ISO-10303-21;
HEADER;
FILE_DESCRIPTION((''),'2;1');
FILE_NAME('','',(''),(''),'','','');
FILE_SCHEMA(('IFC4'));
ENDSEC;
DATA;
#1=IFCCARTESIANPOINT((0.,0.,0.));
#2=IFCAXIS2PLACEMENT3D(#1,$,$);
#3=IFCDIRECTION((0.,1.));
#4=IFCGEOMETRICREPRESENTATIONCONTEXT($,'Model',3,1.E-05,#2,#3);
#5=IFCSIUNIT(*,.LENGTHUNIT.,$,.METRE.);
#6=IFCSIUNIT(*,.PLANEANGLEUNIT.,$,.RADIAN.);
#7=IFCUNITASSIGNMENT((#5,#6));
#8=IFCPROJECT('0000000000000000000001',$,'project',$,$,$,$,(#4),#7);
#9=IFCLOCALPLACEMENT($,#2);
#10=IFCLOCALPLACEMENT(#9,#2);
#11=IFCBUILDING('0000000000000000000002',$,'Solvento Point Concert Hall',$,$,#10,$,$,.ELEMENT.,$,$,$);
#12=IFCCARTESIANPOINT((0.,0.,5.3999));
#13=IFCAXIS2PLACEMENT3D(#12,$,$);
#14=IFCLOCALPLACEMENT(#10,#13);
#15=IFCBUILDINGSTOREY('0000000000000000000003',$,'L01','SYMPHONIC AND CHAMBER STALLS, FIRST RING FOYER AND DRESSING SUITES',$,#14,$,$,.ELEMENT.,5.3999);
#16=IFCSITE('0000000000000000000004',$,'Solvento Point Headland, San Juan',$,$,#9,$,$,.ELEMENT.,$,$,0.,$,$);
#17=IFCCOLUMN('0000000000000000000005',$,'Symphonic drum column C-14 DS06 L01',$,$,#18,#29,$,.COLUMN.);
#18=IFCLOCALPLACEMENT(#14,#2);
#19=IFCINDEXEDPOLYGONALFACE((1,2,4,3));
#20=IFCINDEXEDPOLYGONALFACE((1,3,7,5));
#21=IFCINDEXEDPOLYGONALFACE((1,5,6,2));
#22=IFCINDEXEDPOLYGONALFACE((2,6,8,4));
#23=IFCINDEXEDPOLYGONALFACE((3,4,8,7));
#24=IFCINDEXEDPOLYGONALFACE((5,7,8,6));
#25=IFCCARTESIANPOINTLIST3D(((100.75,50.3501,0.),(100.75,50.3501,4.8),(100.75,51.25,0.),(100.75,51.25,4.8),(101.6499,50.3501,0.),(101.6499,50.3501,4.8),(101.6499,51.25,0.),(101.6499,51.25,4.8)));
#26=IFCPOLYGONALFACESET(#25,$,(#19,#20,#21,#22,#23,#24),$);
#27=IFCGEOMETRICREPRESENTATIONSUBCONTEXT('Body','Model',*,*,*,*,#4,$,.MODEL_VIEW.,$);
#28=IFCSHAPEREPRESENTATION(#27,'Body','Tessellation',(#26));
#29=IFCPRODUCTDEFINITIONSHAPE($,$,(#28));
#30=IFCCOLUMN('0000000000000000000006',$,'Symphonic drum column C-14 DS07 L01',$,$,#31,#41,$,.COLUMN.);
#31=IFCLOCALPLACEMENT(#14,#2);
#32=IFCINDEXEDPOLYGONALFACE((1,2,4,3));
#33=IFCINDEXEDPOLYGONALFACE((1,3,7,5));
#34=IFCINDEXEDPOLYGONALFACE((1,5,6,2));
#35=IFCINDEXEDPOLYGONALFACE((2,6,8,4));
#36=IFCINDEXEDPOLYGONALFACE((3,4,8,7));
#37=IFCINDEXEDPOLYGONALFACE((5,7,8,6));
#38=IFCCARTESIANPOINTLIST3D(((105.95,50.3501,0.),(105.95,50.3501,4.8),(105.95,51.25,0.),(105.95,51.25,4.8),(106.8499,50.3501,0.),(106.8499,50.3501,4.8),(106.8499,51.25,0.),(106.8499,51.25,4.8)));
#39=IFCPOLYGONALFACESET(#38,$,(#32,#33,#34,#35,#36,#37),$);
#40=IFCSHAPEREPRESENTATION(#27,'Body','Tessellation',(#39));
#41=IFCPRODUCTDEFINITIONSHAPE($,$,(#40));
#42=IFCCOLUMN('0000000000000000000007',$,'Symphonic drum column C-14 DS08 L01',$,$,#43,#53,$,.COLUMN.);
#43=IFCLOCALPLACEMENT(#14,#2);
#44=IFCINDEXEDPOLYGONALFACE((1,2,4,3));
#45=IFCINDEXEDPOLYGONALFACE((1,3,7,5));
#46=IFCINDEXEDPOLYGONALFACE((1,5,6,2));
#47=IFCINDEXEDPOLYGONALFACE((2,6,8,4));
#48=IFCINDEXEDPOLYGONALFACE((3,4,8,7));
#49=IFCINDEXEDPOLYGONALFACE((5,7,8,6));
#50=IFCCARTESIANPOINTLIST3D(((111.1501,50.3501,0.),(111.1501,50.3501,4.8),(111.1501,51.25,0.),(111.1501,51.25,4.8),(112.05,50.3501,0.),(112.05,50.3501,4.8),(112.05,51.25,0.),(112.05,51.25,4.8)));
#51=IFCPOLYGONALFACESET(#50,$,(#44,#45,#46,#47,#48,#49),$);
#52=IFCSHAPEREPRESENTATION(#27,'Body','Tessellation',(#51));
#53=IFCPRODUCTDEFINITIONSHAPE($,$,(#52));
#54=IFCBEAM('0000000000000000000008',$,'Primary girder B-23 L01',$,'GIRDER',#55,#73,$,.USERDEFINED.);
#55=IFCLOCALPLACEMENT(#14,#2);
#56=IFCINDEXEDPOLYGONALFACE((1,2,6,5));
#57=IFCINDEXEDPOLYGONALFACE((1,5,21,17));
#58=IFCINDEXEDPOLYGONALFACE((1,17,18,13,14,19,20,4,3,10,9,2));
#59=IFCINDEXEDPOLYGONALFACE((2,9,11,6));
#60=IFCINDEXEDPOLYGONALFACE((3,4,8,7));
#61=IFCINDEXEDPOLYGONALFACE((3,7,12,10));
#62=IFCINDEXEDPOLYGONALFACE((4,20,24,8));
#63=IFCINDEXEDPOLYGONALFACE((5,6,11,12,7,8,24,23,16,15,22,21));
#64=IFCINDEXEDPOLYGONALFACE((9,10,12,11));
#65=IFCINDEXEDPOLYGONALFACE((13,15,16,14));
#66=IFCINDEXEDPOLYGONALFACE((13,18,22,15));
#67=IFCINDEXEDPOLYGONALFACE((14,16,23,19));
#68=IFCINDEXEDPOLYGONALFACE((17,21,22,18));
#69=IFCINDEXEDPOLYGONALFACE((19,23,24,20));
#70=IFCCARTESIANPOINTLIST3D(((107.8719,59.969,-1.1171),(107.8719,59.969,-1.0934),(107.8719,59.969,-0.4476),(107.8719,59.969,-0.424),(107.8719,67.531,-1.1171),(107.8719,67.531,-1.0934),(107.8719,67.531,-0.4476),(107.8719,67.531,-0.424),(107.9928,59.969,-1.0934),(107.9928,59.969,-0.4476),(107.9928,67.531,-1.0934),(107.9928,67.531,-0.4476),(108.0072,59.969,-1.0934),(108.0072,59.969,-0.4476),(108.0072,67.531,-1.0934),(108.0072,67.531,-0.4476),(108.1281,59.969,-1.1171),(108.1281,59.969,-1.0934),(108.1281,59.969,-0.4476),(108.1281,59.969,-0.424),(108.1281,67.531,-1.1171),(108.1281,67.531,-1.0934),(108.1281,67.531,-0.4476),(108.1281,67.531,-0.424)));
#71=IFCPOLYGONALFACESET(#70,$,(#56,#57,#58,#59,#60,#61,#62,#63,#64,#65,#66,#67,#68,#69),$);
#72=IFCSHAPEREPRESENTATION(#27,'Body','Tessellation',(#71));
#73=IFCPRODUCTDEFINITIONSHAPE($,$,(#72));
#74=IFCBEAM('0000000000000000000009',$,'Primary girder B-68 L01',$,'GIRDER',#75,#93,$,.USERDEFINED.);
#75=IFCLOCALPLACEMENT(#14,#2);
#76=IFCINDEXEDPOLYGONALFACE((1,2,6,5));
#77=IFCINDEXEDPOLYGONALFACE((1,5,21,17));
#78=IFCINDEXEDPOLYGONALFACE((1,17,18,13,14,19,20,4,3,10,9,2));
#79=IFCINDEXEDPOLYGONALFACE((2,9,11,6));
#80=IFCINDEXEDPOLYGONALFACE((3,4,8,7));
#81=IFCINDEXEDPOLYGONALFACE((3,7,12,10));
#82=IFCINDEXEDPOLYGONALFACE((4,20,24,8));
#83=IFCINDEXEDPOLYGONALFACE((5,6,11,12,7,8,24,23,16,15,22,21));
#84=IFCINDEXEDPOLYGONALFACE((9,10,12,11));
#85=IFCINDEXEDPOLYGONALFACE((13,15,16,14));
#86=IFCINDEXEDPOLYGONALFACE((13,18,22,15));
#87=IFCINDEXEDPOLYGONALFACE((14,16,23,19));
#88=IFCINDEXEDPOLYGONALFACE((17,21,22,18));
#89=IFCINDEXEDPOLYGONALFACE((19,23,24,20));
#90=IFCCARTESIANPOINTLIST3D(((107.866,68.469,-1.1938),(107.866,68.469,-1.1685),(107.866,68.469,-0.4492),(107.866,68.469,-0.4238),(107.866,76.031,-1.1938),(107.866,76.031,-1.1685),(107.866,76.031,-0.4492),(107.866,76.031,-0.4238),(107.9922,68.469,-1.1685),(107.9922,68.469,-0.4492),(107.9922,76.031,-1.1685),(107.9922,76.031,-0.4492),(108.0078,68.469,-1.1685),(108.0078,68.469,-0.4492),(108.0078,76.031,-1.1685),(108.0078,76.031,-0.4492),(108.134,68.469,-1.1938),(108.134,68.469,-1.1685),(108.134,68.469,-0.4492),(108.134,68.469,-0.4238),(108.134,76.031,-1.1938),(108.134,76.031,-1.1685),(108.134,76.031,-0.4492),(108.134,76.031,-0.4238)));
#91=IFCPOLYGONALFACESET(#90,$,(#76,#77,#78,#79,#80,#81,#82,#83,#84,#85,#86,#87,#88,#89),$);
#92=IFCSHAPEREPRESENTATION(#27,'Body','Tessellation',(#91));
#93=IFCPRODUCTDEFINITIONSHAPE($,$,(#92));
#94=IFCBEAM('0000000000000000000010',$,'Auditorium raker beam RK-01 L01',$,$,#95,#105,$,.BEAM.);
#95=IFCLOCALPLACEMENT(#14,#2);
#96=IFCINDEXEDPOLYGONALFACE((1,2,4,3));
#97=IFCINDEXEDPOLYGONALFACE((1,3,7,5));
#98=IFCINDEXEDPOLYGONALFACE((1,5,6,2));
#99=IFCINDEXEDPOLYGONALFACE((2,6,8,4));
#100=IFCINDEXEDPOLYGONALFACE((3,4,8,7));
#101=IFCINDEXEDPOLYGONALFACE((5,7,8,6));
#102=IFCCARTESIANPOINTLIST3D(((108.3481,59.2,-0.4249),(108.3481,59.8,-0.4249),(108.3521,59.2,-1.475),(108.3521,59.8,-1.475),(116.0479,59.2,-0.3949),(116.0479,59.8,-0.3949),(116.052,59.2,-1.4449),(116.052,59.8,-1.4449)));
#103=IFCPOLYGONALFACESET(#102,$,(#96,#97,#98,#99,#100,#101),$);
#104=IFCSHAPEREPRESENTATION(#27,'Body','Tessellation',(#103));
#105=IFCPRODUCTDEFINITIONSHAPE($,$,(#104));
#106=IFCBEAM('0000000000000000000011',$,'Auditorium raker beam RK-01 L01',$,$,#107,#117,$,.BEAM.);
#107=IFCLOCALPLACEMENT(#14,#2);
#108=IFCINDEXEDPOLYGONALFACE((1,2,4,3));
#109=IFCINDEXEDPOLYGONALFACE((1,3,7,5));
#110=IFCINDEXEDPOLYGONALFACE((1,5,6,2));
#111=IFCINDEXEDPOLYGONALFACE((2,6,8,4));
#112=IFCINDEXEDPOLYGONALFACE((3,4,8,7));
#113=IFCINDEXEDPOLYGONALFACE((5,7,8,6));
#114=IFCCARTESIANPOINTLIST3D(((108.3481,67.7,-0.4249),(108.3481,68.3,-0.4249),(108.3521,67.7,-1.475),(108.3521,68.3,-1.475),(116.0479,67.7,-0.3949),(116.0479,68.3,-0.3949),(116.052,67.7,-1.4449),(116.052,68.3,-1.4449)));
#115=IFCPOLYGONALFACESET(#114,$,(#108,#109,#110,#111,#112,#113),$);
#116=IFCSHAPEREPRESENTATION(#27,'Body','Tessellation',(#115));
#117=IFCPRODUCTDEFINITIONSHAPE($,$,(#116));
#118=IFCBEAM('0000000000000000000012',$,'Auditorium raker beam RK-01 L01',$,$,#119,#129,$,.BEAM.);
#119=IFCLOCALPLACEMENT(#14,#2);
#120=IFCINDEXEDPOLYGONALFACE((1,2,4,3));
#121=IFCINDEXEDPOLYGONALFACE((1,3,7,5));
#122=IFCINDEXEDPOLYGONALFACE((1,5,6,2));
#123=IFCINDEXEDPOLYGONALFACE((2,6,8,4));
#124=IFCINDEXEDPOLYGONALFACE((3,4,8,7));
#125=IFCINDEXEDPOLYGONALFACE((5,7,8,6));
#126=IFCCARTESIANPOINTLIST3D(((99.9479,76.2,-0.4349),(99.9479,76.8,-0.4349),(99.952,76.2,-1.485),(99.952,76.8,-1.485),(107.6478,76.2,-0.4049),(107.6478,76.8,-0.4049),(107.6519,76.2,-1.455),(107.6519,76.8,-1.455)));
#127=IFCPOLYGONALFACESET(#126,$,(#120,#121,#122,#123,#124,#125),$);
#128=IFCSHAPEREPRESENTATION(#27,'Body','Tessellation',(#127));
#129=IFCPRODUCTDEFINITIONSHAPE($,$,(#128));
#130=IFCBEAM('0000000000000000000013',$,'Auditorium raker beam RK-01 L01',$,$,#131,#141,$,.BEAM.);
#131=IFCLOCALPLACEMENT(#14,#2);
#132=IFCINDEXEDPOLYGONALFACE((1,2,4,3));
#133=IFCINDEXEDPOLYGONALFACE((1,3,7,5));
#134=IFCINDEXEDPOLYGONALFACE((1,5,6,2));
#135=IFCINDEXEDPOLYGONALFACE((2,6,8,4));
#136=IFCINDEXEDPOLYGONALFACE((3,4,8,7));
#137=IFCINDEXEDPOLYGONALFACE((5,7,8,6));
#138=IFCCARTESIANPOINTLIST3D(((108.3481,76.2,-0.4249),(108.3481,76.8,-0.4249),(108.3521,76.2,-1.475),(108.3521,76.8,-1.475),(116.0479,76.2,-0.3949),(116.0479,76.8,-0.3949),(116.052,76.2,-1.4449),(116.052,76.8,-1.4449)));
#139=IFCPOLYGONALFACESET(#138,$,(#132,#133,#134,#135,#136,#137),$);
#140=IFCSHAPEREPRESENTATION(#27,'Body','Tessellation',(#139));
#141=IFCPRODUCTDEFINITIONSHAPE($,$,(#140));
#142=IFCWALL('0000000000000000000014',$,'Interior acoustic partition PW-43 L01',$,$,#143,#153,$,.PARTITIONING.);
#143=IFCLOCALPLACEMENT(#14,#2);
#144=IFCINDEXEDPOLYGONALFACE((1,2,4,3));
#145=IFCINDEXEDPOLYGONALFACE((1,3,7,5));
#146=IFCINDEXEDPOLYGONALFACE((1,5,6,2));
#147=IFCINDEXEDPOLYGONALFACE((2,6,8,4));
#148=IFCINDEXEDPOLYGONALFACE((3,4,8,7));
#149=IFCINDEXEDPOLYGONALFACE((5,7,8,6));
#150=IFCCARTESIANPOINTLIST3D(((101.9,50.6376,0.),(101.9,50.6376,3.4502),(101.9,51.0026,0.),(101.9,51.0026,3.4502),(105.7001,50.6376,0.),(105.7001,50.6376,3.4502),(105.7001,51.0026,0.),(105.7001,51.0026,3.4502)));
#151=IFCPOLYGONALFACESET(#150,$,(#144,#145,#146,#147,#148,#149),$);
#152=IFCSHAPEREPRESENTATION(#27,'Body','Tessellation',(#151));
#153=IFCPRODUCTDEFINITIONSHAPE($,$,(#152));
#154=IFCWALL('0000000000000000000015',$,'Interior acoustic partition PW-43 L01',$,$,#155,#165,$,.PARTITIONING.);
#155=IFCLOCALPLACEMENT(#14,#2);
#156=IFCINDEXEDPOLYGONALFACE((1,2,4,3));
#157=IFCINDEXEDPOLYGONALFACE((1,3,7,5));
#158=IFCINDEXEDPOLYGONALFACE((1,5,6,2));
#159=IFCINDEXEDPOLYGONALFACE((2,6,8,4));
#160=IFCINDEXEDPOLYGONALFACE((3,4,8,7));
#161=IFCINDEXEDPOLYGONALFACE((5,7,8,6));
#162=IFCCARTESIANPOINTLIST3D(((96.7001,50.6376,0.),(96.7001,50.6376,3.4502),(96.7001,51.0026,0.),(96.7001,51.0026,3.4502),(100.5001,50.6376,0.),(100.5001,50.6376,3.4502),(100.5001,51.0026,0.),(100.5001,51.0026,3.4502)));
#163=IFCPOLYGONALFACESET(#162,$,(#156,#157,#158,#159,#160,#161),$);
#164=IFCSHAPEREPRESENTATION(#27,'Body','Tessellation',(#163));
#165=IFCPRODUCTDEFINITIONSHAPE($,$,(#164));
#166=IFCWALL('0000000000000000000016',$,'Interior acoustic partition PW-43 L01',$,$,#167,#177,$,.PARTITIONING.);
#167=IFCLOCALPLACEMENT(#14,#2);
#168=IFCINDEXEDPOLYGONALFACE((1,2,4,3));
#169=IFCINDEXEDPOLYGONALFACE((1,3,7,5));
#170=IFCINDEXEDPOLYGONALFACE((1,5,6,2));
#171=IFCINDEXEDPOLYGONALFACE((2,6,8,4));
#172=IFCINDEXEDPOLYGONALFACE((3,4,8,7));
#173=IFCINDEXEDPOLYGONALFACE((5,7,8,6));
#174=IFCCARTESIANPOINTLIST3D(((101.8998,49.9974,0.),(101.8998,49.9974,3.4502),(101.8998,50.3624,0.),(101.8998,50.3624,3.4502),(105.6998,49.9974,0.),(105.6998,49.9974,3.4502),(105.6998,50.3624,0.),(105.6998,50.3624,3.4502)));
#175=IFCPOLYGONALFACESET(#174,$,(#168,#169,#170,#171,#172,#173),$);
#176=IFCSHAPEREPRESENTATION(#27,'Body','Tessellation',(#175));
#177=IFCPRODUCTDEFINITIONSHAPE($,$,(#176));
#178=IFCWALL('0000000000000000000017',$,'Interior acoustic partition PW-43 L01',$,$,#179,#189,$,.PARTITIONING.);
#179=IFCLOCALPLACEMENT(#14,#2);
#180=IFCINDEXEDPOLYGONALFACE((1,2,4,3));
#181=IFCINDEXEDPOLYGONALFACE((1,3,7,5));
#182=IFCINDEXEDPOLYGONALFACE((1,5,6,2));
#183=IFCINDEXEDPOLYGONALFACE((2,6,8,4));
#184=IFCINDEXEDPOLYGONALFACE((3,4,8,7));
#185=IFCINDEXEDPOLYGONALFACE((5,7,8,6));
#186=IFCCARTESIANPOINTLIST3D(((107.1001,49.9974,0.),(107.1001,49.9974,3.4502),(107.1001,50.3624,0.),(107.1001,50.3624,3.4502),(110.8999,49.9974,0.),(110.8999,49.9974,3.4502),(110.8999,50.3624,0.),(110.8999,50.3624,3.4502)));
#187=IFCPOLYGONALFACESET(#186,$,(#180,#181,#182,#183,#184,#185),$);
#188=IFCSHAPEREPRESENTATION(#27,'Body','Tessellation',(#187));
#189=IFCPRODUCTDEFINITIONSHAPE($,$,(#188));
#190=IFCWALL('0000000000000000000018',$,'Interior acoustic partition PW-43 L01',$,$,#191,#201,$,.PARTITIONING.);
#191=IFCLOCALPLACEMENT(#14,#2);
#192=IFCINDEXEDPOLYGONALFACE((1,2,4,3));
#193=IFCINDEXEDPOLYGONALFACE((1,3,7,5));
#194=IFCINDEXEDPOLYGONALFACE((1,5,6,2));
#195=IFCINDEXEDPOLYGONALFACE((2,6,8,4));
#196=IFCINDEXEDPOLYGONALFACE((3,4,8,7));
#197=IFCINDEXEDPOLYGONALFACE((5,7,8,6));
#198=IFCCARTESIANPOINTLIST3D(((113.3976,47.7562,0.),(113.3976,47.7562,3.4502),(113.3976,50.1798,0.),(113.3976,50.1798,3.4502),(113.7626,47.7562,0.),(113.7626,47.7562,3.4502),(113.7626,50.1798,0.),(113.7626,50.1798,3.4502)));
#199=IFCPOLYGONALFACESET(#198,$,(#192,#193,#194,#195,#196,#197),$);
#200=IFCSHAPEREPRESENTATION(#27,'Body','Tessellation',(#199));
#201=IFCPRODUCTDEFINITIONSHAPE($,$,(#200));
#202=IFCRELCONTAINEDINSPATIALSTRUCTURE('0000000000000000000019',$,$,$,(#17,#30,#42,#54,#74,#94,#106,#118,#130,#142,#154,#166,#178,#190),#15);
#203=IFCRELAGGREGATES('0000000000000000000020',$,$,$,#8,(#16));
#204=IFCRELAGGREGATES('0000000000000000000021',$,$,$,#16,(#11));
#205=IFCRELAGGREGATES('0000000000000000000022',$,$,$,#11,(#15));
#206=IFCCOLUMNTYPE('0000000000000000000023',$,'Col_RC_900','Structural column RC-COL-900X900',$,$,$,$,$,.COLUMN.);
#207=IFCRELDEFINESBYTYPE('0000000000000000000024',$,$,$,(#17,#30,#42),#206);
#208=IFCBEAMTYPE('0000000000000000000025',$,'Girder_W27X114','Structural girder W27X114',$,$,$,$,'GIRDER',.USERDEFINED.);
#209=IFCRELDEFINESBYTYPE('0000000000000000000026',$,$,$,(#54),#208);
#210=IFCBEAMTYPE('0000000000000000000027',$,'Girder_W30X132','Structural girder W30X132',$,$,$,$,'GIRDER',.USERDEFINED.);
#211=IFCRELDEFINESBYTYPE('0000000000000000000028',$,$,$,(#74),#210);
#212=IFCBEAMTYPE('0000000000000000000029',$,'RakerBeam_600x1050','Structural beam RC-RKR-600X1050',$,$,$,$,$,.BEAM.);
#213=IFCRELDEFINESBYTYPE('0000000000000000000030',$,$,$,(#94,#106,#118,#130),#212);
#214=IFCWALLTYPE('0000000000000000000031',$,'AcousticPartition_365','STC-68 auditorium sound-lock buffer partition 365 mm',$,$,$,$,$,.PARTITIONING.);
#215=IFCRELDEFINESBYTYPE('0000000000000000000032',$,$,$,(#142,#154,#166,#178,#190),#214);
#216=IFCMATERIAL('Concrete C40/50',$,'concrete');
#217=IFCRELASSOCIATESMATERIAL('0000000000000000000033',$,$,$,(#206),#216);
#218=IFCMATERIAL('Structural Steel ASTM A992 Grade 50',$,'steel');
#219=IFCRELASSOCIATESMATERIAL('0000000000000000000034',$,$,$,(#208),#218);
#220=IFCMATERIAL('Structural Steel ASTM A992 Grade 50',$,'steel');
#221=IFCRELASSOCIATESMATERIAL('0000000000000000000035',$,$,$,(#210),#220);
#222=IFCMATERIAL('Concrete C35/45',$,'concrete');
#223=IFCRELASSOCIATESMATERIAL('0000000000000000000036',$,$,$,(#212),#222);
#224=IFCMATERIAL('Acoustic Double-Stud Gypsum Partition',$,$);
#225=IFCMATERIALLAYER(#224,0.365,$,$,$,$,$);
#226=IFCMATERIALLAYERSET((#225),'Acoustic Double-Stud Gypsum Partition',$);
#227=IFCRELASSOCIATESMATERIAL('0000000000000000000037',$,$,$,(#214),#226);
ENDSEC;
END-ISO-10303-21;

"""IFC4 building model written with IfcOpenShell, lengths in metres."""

from ifc_helpers import new_model, si_unit, direction, frame, frame_2d, origin, origin_2d, place, context, subcontext, project, spatial, rectangle, i_section, extrude, material, layer, layer_set, material_profile, profile_set, type_object, element, save


model = new_model("IFC4")

# Units and contexts
model_context = context("Model", 3, precision=1e-05, world=origin(), true_north=direction((0.0, 1.0)))
body_context = subcontext(model_context, "Body", "Model", "MODEL_VIEW")
ifc_project = project(units=[si_unit("LENGTHUNIT", "METRE"), si_unit("PLANEANGLEUNIT", "RADIAN")], contexts=[model_context])

# Site, building, storey
site_placement = place(None, origin())
site = spatial("IfcSite", under=ifc_project, at=site_placement, Name="Solvento Point Headland, San Juan", CompositionType="ELEMENT", RefElevation=0.0)
building_placement = place(site_placement, origin())
building = spatial("IfcBuilding", under=site, at=building_placement, Name="Solvento Point Concert Hall", CompositionType="ELEMENT")
storey_placement = place(building_placement, frame((0.0, 0.0, 5.3999)))
storey = spatial("IfcBuildingStorey", under=building, at=storey_placement, Name="L01", Description="SYMPHONIC AND CHAMBER STALLS, FIRST RING FOYER AND DRESSING SUITES", CompositionType="ELEMENT", Elevation=5.3999)

# Columns
ifc_material_1 = material(Name="Concrete C40/50", Category="concrete")
ifc_material_profile_1 = material_profile(ifc_material_1, rectangle(XDim=0.8999, YDim=0.8999, at=origin_2d()), Name="RC-COL-900X900")
ifc_profile_set_1 = profile_set([ifc_material_profile_1], Name="Concrete C40/50")
column_type = type_object("IfcColumnType", Name="Col_RC_900", Description="Structural column RC-COL-900X900", PredefinedType="COLUMN", material=ifc_profile_set_1)
for number, where, z_axis, x_axis, name in (
    (1, (101.2, 50.8, 0.0), (0.0, 0.0, 1.0), (1.0, 0.0, 0.0), "Symphonic drum column C-14 DS06 L01"),
    (2, (106.3999, 50.8, 0.0), (0.0, 0.0, 1.0), (1.0, 0.0, 0.0), "Symphonic drum column C-14 DS07 L01"),
    (3, (111.6001, 50.8, 0.0), (0.0, 0.0, 1.0), (1.0, 0.0, 0.0), "Symphonic drum column C-14 DS08 L01"),
):
    element("IfcColumn", number, at=place(storey_placement, frame(where, z_axis=z_axis, x_axis=x_axis)), inside=storey, type_object=column_type, Name=name, PredefinedType="COLUMN", context=body_context, shape_type="SweptSolid", body=[
        extrude(rectangle(XDim=0.8999, YDim=0.8999, at=origin_2d()), origin(), (0.0, 0.0, 1.0), 4.8),
    ])

# Beams
ifc_material_2 = material(Name="Structural Steel ASTM A992 Grade 50", Category="steel")
ifc_material_profile_2 = material_profile(ifc_material_2, i_section(OverallWidth=0.2561, OverallDepth=0.6931, WebThickness=0.0144, FlangeThickness=0.0237, at=origin_2d()), Name="W27X114")
ifc_profile_set_2 = profile_set([ifc_material_profile_2], Name="Structural Steel ASTM A992 Grade 50")
beam_type_1 = type_object("IfcBeamType", Name="Girder_W27X114", Description="Structural girder W27X114", ElementType="GIRDER", PredefinedType="USERDEFINED", material=ifc_profile_set_2)
beam_1_placement = place(storey_placement, frame((108.0, 59.969, -0.7705), z_axis=(0.0, 1.0, 0.0), x_axis=(-1.0, 0.0, 0.0)))
element("IfcBeam", 4, at=beam_1_placement, inside=storey, type_object=beam_type_1, Name="Primary girder B-23 L01", ObjectType="GIRDER", PredefinedType="USERDEFINED", context=body_context, shape_type="SweptSolid", body=[
    extrude(i_section(OverallWidth=0.2561, OverallDepth=0.6931, WebThickness=0.0144, FlangeThickness=0.0237, at=origin_2d()), origin(), (0.0, 0.0, 1.0), 7.562),
])
ifc_material_3 = material(Name="Structural Steel ASTM A992 Grade 50", Category="steel")
ifc_material_profile_3 = material_profile(ifc_material_3, i_section(OverallWidth=0.2681, OverallDepth=0.77, WebThickness=0.0156, FlangeThickness=0.0254, at=origin_2d()), Name="W30X132")
ifc_profile_set_3 = profile_set([ifc_material_profile_3], Name="Structural Steel ASTM A992 Grade 50")
beam_type_2 = type_object("IfcBeamType", Name="Girder_W30X132", Description="Structural girder W30X132", ElementType="GIRDER", PredefinedType="USERDEFINED", material=ifc_profile_set_3)
beam_2_placement = place(storey_placement, frame((108.0, 68.469, -0.8088), z_axis=(0.0, 1.0, 0.0), x_axis=(-1.0, 0.0, 0.0)))
element("IfcBeam", 5, at=beam_2_placement, inside=storey, type_object=beam_type_2, Name="Primary girder B-68 L01", ObjectType="GIRDER", PredefinedType="USERDEFINED", context=body_context, shape_type="SweptSolid", body=[
    extrude(i_section(OverallWidth=0.2681, OverallDepth=0.77, WebThickness=0.0156, FlangeThickness=0.0254, at=origin_2d()), origin(), (0.0, 0.0, 1.0), 7.562),
])
ifc_material_4 = material(Name="Concrete C35/45", Category="concrete")
ifc_material_profile_4 = material_profile(ifc_material_4, rectangle(XDim=0.6001, YDim=1.05, at=origin_2d()), Name="RC-RKR-600X1050")
ifc_profile_set_4 = profile_set([ifc_material_profile_4], Name="Concrete C35/45")
beam_type_3 = type_object("IfcBeamType", Name="RakerBeam_600x1050", Description="Structural beam RC-RKR-600X1050", PredefinedType="BEAM", material=ifc_profile_set_4)
for number, where, z_axis, x_axis, name in (
    (6, (108.3501, 59.5, -0.95), (0.999992, 0.0, 0.0039), (0.0, 1.0, 0.0), "Auditorium raker beam RK-01 L01"),
    (7, (108.3501, 68.0, -0.95), (0.999992, 0.0, 0.0039), (0.0, 1.0, 0.0), "Auditorium raker beam RK-01 L01"),
    (8, (99.95, 76.5, -0.96), (0.999992, 0.0, 0.0039), (0.0, 1.0, 0.0), "Auditorium raker beam RK-01 L01"),
    (9, (108.3501, 76.5, -0.95), (0.999992, 0.0, 0.0039), (0.0, 1.0, 0.0), "Auditorium raker beam RK-01 L01"),
):
    element("IfcBeam", number, at=place(storey_placement, frame(where, z_axis=z_axis, x_axis=x_axis)), inside=storey, type_object=beam_type_3, Name=name, PredefinedType="BEAM", context=body_context, shape_type="SweptSolid", body=[
        extrude(rectangle(XDim=0.6001, YDim=1.05, at=origin_2d()), origin(), (0.0, 0.0, 1.0), 7.7),
    ])

# Walls
ifc_material_5 = material(Name="Acoustic Double-Stud Gypsum Partition")
ifc_layer_1 = layer(ifc_material_5, 0.365)
ifc_layer_set_1 = layer_set([ifc_layer_1], Name="Acoustic Double-Stud Gypsum Partition")
wall_type_1 = type_object("IfcWallType", Name="AcousticPartition_365", Description="STC-68 auditorium sound-lock buffer partition 365 mm", PredefinedType="PARTITIONING", material=ifc_layer_set_1)
for number, where, z_axis, x_axis, name in (
    (10, (105.7, 50.8201, 0.0), (0.0, 0.0, 1.0), (-1.0, 0.0, 0.0), "Interior acoustic partition PW-43 L01"),
    (11, (100.5, 50.8201, 0.0), (0.0, 0.0, 1.0), (-1.0, 0.0, 0.0), "Interior acoustic partition PW-43 L01"),
    (12, (101.8999, 50.1799, 0.0), (0.0, 0.0, 1.0), (1.0, 0.0, 0.0), "Interior acoustic partition PW-43 L01"),
):
    element("IfcWall", number, at=place(storey_placement, frame(where, z_axis=z_axis, x_axis=x_axis)), inside=storey, type_object=wall_type_1, Name=name, PredefinedType="PARTITIONING", context=body_context, shape_type="SweptSolid", body=[
        extrude(rectangle(XDim=3.8, YDim=0.365, at=frame_2d((1.8999, 0.0))), origin(), (0.0, 0.0, 1.0), 3.4502),
    ])
wall_1_placement = place(storey_placement, frame((107.1001, 50.1799, 0.0), z_axis=(0.0, 0.0, 1.0), x_axis=(1.0, 0.0, 0.0)))
element("IfcWall", 13, at=wall_1_placement, inside=storey, type_object=wall_type_1, Name="Interior acoustic partition PW-43 L01", PredefinedType="PARTITIONING", context=body_context, shape_type="SweptSolid", body=[
    extrude(rectangle(XDim=3.7998, YDim=0.365, at=frame_2d((1.8999, 0.0))), origin(), (0.0, 0.0, 1.0), 3.4502),
])
wall_2_placement = place(storey_placement, frame((113.5801, 50.1799, 0.0), z_axis=(0.0, 0.0, 1.0), x_axis=(0.0, -1.0, 0.0)))
element("IfcWall", 14, at=wall_2_placement, inside=storey, type_object=wall_type_1, Name="Interior acoustic partition PW-43 L01", PredefinedType="PARTITIONING", context=body_context, shape_type="SweptSolid", body=[
    extrude(rectangle(XDim=2.4236, YDim=0.365, at=frame_2d((1.2119, 0.0))), origin(), (0.0, 0.0, 1.0), 3.4502),
])

save(model, "model.ifc")
